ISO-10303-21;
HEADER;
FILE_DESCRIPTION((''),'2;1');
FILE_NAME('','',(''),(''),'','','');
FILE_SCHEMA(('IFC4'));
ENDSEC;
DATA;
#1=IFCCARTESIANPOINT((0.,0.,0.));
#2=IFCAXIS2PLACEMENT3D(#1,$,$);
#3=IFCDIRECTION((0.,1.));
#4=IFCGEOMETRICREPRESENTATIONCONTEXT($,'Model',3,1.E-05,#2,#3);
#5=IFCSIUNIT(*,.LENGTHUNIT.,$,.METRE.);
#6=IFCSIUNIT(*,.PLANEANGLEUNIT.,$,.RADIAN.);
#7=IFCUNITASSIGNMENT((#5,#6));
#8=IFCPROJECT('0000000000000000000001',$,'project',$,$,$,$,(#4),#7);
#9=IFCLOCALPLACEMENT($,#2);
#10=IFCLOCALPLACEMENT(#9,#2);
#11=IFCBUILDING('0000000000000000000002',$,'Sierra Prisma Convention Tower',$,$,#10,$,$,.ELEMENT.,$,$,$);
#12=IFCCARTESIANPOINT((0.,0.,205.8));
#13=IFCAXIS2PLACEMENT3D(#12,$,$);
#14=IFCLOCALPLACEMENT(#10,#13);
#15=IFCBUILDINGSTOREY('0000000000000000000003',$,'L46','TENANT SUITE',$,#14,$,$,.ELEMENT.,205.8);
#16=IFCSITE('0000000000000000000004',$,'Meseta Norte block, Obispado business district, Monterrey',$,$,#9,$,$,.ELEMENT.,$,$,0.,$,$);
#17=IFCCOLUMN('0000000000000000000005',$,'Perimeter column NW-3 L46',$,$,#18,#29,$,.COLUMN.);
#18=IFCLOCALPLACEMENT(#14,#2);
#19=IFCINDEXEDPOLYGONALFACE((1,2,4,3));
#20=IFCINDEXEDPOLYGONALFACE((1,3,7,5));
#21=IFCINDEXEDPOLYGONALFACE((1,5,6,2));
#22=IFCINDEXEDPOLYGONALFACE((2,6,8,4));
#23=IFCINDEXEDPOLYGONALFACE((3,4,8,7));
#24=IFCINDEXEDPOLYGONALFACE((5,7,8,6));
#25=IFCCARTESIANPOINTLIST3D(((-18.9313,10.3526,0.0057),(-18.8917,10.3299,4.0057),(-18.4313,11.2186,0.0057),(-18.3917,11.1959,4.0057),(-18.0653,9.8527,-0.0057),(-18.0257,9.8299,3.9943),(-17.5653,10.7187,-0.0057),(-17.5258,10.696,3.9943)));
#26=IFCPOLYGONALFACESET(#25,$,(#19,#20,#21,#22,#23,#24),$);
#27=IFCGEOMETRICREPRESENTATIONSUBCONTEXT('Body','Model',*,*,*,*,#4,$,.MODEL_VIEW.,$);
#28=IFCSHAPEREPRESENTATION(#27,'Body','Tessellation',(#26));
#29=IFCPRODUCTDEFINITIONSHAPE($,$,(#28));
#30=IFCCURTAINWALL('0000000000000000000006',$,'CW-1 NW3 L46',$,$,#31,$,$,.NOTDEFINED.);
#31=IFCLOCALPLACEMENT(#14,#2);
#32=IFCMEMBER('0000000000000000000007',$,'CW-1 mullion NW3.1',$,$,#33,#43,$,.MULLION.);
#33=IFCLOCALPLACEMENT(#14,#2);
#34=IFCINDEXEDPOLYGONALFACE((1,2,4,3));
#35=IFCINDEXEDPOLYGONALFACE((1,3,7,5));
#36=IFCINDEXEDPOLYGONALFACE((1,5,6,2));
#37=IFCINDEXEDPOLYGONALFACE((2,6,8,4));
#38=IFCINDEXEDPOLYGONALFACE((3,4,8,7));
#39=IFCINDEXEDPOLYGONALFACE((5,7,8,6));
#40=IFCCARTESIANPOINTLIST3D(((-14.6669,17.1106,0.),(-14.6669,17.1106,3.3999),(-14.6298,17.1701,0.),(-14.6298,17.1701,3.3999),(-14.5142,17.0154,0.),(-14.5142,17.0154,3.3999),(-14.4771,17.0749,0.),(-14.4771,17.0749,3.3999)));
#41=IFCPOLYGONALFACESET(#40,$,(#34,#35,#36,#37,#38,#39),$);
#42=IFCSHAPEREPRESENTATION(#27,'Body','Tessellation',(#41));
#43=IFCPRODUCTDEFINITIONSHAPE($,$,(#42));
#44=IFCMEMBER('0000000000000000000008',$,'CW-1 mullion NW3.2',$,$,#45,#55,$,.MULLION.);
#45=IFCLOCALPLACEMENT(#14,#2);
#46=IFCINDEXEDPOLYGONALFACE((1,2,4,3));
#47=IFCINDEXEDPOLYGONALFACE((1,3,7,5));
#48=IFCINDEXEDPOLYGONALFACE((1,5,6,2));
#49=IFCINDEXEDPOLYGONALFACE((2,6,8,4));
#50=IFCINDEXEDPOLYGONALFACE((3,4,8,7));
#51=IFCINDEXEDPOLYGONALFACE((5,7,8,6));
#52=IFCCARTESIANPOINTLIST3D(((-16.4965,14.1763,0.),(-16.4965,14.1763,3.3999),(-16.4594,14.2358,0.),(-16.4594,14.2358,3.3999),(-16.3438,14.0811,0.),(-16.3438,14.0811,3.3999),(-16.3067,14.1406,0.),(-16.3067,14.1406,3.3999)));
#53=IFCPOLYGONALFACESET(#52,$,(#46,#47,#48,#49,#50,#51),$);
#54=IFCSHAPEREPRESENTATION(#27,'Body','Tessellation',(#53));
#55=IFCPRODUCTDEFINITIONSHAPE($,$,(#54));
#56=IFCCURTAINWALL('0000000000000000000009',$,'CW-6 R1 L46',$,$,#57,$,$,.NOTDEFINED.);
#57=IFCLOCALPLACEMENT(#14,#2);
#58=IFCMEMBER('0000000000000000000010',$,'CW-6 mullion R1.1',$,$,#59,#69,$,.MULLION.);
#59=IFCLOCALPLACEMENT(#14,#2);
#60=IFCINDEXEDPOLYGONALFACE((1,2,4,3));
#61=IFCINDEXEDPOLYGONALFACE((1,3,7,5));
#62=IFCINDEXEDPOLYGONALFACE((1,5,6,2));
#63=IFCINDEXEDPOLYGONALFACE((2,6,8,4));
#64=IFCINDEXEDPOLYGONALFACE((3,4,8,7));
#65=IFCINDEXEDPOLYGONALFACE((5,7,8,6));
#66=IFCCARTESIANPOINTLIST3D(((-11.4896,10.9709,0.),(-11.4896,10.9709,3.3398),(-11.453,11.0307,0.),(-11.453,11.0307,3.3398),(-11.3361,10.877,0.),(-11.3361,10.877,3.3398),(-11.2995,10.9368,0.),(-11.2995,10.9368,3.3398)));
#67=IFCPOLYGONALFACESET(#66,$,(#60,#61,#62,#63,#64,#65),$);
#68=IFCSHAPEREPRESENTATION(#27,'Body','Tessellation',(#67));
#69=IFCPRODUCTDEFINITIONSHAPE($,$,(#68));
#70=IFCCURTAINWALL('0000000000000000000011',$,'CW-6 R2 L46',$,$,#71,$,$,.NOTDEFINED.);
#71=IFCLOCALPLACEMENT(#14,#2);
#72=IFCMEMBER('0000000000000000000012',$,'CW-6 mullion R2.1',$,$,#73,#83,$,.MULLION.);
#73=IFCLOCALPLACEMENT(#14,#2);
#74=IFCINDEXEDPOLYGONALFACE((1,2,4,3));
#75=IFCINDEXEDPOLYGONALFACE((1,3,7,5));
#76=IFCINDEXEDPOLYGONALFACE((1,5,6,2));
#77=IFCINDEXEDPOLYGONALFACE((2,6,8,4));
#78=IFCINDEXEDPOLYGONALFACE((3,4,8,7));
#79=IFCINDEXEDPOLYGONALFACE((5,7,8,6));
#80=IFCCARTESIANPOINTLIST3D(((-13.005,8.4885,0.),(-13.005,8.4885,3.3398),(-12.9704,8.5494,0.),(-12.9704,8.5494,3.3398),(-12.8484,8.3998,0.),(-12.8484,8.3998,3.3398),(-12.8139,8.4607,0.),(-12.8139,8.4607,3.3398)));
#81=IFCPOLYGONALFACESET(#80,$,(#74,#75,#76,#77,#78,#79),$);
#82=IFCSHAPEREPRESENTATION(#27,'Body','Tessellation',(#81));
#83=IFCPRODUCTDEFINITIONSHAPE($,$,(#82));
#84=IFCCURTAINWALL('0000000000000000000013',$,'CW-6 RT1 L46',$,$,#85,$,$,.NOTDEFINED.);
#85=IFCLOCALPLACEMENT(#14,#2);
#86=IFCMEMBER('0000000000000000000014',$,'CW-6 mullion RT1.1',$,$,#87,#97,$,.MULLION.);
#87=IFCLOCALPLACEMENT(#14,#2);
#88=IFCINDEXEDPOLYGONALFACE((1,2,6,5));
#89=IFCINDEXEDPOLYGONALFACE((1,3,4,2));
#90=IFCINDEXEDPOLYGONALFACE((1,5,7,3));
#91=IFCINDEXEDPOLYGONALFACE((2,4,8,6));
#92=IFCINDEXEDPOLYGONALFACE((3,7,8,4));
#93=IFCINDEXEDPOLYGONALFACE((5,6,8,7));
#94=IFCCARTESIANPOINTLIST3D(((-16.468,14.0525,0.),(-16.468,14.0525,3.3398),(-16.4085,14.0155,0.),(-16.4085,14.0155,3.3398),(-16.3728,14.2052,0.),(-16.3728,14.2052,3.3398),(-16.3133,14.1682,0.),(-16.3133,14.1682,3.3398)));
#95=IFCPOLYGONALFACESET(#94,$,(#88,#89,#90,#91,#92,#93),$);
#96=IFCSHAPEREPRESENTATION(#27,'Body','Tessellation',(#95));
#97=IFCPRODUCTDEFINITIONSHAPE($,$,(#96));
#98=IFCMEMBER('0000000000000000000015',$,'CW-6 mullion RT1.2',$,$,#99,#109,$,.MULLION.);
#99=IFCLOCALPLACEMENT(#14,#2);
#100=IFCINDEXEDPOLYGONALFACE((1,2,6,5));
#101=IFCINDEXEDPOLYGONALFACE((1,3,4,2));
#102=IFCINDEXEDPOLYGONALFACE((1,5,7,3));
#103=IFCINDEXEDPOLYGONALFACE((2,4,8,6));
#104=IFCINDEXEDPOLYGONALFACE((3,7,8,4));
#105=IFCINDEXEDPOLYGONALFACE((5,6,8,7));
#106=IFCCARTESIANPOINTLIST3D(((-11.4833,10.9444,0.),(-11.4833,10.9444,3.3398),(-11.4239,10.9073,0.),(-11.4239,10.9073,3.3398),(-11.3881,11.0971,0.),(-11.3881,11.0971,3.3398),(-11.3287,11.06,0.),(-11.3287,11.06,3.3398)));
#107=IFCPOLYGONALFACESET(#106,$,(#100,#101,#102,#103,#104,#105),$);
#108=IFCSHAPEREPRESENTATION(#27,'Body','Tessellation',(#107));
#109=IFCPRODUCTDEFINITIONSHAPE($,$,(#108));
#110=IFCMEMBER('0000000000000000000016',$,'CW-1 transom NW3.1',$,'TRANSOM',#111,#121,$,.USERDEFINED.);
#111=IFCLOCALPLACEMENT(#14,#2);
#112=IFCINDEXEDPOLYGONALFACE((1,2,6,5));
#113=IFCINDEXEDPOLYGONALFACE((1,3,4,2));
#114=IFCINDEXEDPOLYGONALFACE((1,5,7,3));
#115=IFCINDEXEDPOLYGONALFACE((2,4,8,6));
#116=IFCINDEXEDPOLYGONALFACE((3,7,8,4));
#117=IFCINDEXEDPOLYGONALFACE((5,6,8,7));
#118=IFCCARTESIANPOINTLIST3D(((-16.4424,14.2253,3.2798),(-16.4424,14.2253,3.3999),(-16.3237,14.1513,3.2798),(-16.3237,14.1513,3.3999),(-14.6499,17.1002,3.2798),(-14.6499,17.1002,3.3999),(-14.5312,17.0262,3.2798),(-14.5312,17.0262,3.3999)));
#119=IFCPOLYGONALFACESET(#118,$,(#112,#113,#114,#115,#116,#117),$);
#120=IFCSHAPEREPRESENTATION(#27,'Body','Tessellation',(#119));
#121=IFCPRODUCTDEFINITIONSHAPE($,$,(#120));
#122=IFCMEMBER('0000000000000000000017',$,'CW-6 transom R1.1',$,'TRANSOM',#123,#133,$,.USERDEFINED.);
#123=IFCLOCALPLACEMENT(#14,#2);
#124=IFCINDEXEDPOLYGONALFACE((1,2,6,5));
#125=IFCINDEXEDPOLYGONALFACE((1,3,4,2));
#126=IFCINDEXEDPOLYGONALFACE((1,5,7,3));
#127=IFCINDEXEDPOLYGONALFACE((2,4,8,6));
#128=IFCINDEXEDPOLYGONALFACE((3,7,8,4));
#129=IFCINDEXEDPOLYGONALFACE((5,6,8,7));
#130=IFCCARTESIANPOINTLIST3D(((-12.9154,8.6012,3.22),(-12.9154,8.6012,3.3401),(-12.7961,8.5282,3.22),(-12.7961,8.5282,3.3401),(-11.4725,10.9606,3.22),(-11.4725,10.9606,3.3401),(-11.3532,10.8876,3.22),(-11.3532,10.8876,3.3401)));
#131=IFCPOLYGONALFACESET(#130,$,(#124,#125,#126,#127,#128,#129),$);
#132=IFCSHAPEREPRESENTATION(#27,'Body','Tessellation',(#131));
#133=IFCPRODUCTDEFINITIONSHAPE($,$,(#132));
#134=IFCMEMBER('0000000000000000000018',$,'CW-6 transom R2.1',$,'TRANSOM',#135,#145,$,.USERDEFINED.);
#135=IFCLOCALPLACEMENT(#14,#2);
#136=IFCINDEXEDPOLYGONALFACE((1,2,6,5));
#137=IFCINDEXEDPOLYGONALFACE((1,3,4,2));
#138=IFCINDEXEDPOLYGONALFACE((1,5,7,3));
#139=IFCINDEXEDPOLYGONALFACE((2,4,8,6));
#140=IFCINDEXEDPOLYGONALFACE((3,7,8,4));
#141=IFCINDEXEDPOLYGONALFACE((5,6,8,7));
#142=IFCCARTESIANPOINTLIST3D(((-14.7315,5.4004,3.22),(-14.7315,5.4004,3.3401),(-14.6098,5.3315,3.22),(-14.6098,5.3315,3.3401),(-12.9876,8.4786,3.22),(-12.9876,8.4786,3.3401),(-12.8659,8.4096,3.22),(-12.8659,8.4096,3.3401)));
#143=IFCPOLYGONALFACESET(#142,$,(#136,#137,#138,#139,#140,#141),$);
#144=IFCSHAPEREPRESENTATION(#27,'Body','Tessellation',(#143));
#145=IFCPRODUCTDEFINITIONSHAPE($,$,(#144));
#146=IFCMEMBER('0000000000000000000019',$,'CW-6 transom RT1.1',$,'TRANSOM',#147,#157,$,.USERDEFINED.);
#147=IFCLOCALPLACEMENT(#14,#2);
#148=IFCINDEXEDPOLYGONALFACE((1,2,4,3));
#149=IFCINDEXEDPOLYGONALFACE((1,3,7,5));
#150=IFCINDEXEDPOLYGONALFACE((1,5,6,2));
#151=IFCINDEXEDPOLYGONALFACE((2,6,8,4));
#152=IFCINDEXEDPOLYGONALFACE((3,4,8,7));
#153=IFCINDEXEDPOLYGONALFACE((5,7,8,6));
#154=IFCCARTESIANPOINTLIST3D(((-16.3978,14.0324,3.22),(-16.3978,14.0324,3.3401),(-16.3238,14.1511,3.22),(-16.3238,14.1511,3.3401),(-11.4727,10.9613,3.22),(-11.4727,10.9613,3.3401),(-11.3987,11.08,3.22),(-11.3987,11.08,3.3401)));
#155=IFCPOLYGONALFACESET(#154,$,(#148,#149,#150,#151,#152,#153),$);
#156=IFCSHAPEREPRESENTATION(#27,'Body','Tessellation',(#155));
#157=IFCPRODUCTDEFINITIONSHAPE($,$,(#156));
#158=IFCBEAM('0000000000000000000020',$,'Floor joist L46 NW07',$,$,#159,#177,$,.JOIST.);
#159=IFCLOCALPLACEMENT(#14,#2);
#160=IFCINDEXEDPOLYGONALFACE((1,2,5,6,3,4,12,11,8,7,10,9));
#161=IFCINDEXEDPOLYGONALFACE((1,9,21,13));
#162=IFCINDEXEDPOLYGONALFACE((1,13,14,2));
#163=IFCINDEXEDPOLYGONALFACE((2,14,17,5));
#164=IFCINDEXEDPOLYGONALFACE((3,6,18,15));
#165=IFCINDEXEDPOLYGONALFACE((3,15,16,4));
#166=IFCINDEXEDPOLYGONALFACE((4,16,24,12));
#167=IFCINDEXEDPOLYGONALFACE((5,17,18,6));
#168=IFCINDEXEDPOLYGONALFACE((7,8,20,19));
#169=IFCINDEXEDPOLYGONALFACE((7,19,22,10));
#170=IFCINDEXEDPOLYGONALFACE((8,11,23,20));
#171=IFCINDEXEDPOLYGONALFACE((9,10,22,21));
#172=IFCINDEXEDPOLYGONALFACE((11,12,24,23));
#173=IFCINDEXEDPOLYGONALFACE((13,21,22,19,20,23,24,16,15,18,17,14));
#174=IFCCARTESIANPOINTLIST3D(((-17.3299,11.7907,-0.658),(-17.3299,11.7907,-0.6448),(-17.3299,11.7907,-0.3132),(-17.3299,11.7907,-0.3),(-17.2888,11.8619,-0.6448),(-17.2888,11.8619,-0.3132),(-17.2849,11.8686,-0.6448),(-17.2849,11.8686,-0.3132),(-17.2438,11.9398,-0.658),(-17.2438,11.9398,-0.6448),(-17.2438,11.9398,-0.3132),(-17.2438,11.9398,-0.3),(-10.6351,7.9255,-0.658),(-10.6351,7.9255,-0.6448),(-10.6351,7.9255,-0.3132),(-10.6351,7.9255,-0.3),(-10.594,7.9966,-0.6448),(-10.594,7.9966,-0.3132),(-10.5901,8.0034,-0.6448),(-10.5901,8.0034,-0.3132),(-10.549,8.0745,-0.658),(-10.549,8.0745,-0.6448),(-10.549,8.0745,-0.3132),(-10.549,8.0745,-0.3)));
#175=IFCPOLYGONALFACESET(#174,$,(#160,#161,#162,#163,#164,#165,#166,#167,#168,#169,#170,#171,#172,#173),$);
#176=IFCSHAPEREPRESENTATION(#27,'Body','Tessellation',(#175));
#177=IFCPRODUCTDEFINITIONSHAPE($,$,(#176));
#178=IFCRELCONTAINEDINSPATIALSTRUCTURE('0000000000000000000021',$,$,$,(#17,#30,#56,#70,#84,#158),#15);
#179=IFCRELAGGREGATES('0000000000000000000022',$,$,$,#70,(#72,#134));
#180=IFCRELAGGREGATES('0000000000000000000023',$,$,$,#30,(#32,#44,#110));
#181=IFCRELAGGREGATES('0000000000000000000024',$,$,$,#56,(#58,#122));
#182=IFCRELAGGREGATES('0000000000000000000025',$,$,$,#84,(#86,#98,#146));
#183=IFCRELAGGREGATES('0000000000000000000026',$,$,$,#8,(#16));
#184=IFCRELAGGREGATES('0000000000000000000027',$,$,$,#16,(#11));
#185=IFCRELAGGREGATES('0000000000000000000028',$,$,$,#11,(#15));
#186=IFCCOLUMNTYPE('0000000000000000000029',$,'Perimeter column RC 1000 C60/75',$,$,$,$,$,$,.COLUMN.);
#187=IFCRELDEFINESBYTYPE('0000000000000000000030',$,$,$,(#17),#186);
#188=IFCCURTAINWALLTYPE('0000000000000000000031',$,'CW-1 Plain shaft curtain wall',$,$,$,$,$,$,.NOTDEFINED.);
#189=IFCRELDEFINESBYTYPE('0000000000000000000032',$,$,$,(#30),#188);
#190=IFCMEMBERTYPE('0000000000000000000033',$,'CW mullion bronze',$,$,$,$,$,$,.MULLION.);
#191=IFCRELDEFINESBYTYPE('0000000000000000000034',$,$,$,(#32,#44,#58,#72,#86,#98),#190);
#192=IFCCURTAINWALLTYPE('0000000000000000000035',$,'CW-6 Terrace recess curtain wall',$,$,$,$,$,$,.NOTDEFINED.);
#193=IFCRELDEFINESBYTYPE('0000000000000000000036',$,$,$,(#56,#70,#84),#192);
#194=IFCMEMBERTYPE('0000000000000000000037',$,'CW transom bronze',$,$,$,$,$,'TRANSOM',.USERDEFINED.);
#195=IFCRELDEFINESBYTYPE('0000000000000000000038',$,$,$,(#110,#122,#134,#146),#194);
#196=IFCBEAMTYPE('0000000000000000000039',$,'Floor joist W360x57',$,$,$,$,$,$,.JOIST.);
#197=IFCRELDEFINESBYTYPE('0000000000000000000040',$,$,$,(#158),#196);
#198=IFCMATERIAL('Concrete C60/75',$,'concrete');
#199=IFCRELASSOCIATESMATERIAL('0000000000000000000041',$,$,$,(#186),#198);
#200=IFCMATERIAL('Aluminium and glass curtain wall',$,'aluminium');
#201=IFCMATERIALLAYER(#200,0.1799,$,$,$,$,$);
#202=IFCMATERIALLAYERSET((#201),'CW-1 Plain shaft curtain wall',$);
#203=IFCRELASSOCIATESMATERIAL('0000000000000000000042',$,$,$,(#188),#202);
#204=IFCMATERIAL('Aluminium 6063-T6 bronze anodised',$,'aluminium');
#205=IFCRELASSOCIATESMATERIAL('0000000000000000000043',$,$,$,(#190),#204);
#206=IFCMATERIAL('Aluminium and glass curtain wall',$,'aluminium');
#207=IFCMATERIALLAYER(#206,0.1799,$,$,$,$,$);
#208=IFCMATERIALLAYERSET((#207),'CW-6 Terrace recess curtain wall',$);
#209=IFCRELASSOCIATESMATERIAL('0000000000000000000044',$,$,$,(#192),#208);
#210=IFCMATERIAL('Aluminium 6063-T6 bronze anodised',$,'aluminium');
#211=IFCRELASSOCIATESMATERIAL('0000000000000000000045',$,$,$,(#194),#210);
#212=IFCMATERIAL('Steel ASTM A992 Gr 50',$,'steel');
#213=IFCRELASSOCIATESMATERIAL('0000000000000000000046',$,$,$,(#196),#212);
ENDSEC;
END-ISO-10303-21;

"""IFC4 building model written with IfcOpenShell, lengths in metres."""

from ifc_helpers import new_model, si_unit, direction, frame, origin, origin_2d, place, context, subcontext, project, spatial, rectangle, i_section, extrude, material, layer, layer_set, material_profile, profile_set, type_object, element, aggregate, save


model = new_model("IFC4")

# Units and contexts
model_context = context("Model", 3, precision=1e-05, world=origin(), true_north=direction((0.0, 1.0)))
body_context = subcontext(model_context, "Body", "Model", "MODEL_VIEW")
ifc_project = project(units=[si_unit("LENGTHUNIT", "METRE"), si_unit("PLANEANGLEUNIT", "RADIAN")], contexts=[model_context])

# Site, building, storey
site_placement = place(None, origin())
site = spatial("IfcSite", under=ifc_project, at=site_placement, Name="Meseta Norte block, Obispado business district, Monterrey", CompositionType="ELEMENT", RefElevation=0.0)
building_placement = place(site_placement, origin())
building = spatial("IfcBuilding", under=site, at=building_placement, Name="Sierra Prisma Convention Tower", CompositionType="ELEMENT")
storey_placement = place(building_placement, frame((0.0, 0.0, 205.8)))
storey = spatial("IfcBuildingStorey", under=building, at=storey_placement, Name="L46", Description="TENANT SUITE", CompositionType="ELEMENT", Elevation=205.8)

# Column
ifc_material_1 = material(Name="Concrete C60/75", Category="concrete")
ifc_material_profile_1 = material_profile(ifc_material_1, rectangle(XDim=1.0, YDim=1.0, at=origin_2d()), Name="Perimeter column RC 1000 C60/75")
ifc_profile_set_1 = profile_set([ifc_material_profile_1], Name="Concrete C60/75")
column_type = type_object("IfcColumnType", Name="Perimeter column RC 1000 C60/75", PredefinedType="COLUMN", material=ifc_profile_set_1)
column_placement = place(storey_placement, frame((-18.2483, 10.5356, 0.0), z_axis=(0.009887, -0.005676, 0.999935), x_axis=(0.499976, 0.86604, -0.000028)))
element("IfcColumn", 1, at=column_placement, inside=storey, type_object=column_type, Name="Perimeter column NW-3 L46", PredefinedType="COLUMN", context=body_context, shape_type="SweptSolid", body=[
    extrude(rectangle(XDim=1.0, YDim=1.0, at=origin_2d()), origin(), (0.0, 0.0, 1.0), 4.0002),
])

# Curtain wall, members
ifc_material_2 = material(Name="Aluminium and glass curtain wall", Category="aluminium")
ifc_layer_1 = layer(ifc_material_2, 0.1799)
ifc_layer_set_1 = layer_set([ifc_layer_1], Name="CW-1 Plain shaft curtain wall")
curtain_wall_type_1 = type_object("IfcCurtainWallType", Name="CW-1 Plain shaft curtain wall", PredefinedType="NOTDEFINED", material=ifc_layer_set_1)
curtain_wall_1_placement = place(storey_placement, origin())
curtain_wall_1 = element("IfcCurtainWall", 2, at=curtain_wall_1_placement, inside=storey, type_object=curtain_wall_type_1, Name="CW-1 NW3 L46", PredefinedType="NOTDEFINED")
ifc_material_3 = material(Name="Aluminium 6063-T6 bronze anodised", Category="aluminium")
ifc_material_profile_2 = material_profile(ifc_material_3, rectangle(XDim=0.1799, YDim=0.0701, at=origin_2d()), Name="ALU MULLION 70x180")
ifc_profile_set_2 = profile_set([ifc_material_profile_2], Name="Aluminium 6063-T6 bronze anodised")
member_type_1 = type_object("IfcMemberType", Name="CW mullion bronze", PredefinedType="MULLION", material=ifc_profile_set_2)
member_1_placement = place(storey_placement, frame((-14.572, 17.0928, 0.0), z_axis=(0.0, 0.0, 1.0), x_axis=(0.848555, -0.529107, 0.0)))
member_1 = element("IfcMember", 3, at=member_1_placement, type_object=member_type_1, Name="CW-1 mullion NW3.1", PredefinedType="MULLION", context=body_context, shape_type="SweptSolid", body=[
    extrude(rectangle(XDim=0.1799, YDim=0.0701, at=origin_2d()), origin(), (0.0, 0.0, 1.0), 3.3999),
])
member_2_placement = place(storey_placement, frame((-16.4016, 14.1584, 0.0), z_axis=(0.0, 0.0, 1.0), x_axis=(0.848555, -0.529107, 0.0)))
member_2 = element("IfcMember", 4, at=member_2_placement, type_object=member_type_1, Name="CW-1 mullion NW3.2", PredefinedType="MULLION", context=body_context, shape_type="SweptSolid", body=[
    extrude(rectangle(XDim=0.1799, YDim=0.0701, at=origin_2d()), origin(), (0.0, 0.0, 1.0), 3.3999),
])

# Curtain walls, members
ifc_material_4 = material(Name="Aluminium and glass curtain wall", Category="aluminium")
ifc_layer_2 = layer(ifc_material_4, 0.1799)
ifc_layer_set_2 = layer_set([ifc_layer_2], Name="CW-6 Terrace recess curtain wall")
curtain_wall_type_2 = type_object("IfcCurtainWallType", Name="CW-6 Terrace recess curtain wall", PredefinedType="NOTDEFINED", material=ifc_layer_set_2)
curtain_wall_2_placement = place(storey_placement, origin())
curtain_wall_2 = element("IfcCurtainWall", 5, at=curtain_wall_2_placement, inside=storey, type_object=curtain_wall_type_2, Name="CW-6 R1 L46", PredefinedType="NOTDEFINED")
member_3_placement = place(storey_placement, frame((-11.3945, 10.9539, 0.0), z_axis=(0.0, 0.0, 1.0), x_axis=(0.853116, -0.521721, 0.0)))
member_3 = element("IfcMember", 6, at=member_3_placement, type_object=member_type_1, Name="CW-6 mullion R1.1", PredefinedType="MULLION", context=body_context, shape_type="SweptSolid", body=[
    extrude(rectangle(XDim=0.1799, YDim=0.0701, at=origin_2d()), origin(), (0.0, 0.0, 1.0), 3.3398),
])
curtain_wall_3_placement = place(storey_placement, origin())
curtain_wall_3 = element("IfcCurtainWall", 7, at=curtain_wall_3_placement, inside=storey, type_object=curtain_wall_type_2, Name="CW-6 R2 L46", PredefinedType="NOTDEFINED")
member_4_placement = place(storey_placement, frame((-12.9094, 8.4746, 0.0), z_axis=(0.0, 0.0, 1.0), x_axis=(0.870071, -0.492927, 0.0)))
member_4 = element("IfcMember", 8, at=member_4_placement, type_object=member_type_1, Name="CW-6 mullion R2.1", PredefinedType="MULLION", context=body_context, shape_type="SweptSolid", body=[
    extrude(rectangle(XDim=0.1799, YDim=0.0701, at=origin_2d()), origin(), (0.0, 0.0, 1.0), 3.3398),
])

# Curtain wall, members
curtain_wall_4_placement = place(storey_placement, origin())
curtain_wall_4 = element("IfcCurtainWall", 9, at=curtain_wall_4_placement, inside=storey, type_object=curtain_wall_type_2, Name="CW-6 RT1 L46", PredefinedType="NOTDEFINED")
member_5_placement = place(storey_placement, frame((-16.3906, 14.1104, 0.0), z_axis=(0.0, 0.0, 1.0), x_axis=(0.529107, 0.848555, 0.0)))
member_5 = element("IfcMember", 10, at=member_5_placement, type_object=member_type_1, Name="CW-6 mullion RT1.1", PredefinedType="MULLION", context=body_context, shape_type="SweptSolid", body=[
    extrude(rectangle(XDim=0.1799, YDim=0.0701, at=origin_2d()), origin(), (0.0, 0.0, 1.0), 3.3398),
])
member_6_placement = place(storey_placement, frame((-11.406, 11.0022, 0.0), z_axis=(0.0, 0.0, 1.0), x_axis=(0.529107, 0.848555, 0.0)))
member_6 = element("IfcMember", 11, at=member_6_placement, type_object=member_type_1, Name="CW-6 mullion RT1.2", PredefinedType="MULLION", context=body_context, shape_type="SweptSolid", body=[
    extrude(rectangle(XDim=0.1799, YDim=0.0701, at=origin_2d()), origin(), (0.0, 0.0, 1.0), 3.3398),
])

# Members
ifc_material_5 = material(Name="Aluminium 6063-T6 bronze anodised", Category="aluminium")
ifc_material_profile_3 = material_profile(ifc_material_5, rectangle(XDim=0.1399, YDim=0.1201, at=origin_2d()), Name="ALU TRANSOM 120x140")
ifc_profile_set_3 = profile_set([ifc_material_profile_3], Name="Aluminium 6063-T6 bronze anodised")
member_type_2 = type_object("IfcMemberType", Name="CW transom bronze", ElementType="TRANSOM", PredefinedType="USERDEFINED", material=ifc_profile_set_3)
member_7_placement = place(storey_placement, frame((-14.5906, 17.0632, 3.3398), z_axis=(-0.529066, -0.848581, 0.0), x_axis=(0.848581, -0.529066, 0.0)))
member_7 = element("IfcMember", 12, at=member_7_placement, type_object=member_type_2, Name="CW-1 transom NW3.1", ObjectType="TRANSOM", PredefinedType="USERDEFINED", context=body_context, shape_type="SweptSolid", body=[
    extrude(rectangle(XDim=0.1399, YDim=0.1201, at=origin_2d()), origin(), (0.0, 0.0, 1.0), 3.3879),
])
member_8_placement = place(storey_placement, frame((-11.4128, 10.9241, 3.28), z_axis=(-0.521721, -0.853116, 0.0), x_axis=(0.853116, -0.521721, 0.0)))
member_8 = element("IfcMember", 13, at=member_8_placement, type_object=member_type_2, Name="CW-6 transom R1.1", ObjectType="TRANSOM", PredefinedType="USERDEFINED", context=body_context, shape_type="SweptSolid", body=[
    extrude(rectangle(XDim=0.1399, YDim=0.1201, at=origin_2d()), origin(), (0.0, 0.0, 1.0), 2.7656),
])
member_9_placement = place(storey_placement, frame((-12.9268, 8.4441, 3.28), z_axis=(-0.492932, -0.870068, 0.0), x_axis=(0.870068, -0.492932, 0.0)))
member_9 = element("IfcMember", 14, at=member_9_placement, type_object=member_type_2, Name="CW-6 transom R2.1", ObjectType="TRANSOM", PredefinedType="USERDEFINED", context=body_context, shape_type="SweptSolid", body=[
    extrude(rectangle(XDim=0.1399, YDim=0.1201, at=origin_2d()), origin(), (0.0, 0.0, 1.0), 3.5378),
])
aggregate(curtain_wall_3, [member_4, member_9])
member_10_placement = place(storey_placement, frame((-16.3608, 14.0918, 3.28), z_axis=(0.848548, -0.529118, 0.0), x_axis=(0.529118, 0.848548, 0.0)))
member_10 = element("IfcMember", 15, at=member_10_placement, type_object=member_type_2, Name="CW-6 transom RT1.1", ObjectType="TRANSOM", PredefinedType="USERDEFINED", context=body_context, shape_type="SweptSolid", body=[
    extrude(rectangle(XDim=0.1399, YDim=0.1201, at=origin_2d()), origin(), (0.0, 0.0, 1.0), 5.8042),
])

# Beam
ifc_material_6 = material(Name="Steel ASTM A992 Gr 50", Category="steel")
ifc_material_profile_4 = material_profile(ifc_material_6, i_section(OverallWidth=0.1721, OverallDepth=0.3579, WebThickness=0.0078, FlangeThickness=0.0132, at=origin_2d()), Name="W360x57")
ifc_profile_set_4 = profile_set([ifc_material_profile_4], Name="Steel ASTM A992 Gr 50")
beam_type_1 = type_object("IfcBeamType", Name="Floor joist W360x57", PredefinedType="JOIST", material=ifc_profile_set_4)
beam_1_placement = place(storey_placement, frame((-17.2869, 11.8652, -0.479), z_axis=(0.866027, -0.499998, 0.0), x_axis=(0.499998, 0.866027, 0.0)))
element("IfcBeam", 16, at=beam_1_placement, inside=storey, type_object=beam_type_1, Name="Floor joist L46 NW07", PredefinedType="JOIST", context=body_context, shape_type="SweptSolid", body=[
    extrude(i_section(OverallWidth=0.1721, OverallDepth=0.3579, WebThickness=0.0078, FlangeThickness=0.0132, at=origin_2d()), origin(), (0.0, 0.0, 1.0), 7.7305),
])

aggregate(curtain_wall_1, [member_1, member_2, member_7])
aggregate(curtain_wall_2, [member_3, member_8])
aggregate(curtain_wall_4, [member_5, member_6, member_10])

save(model, "model.ifc")
